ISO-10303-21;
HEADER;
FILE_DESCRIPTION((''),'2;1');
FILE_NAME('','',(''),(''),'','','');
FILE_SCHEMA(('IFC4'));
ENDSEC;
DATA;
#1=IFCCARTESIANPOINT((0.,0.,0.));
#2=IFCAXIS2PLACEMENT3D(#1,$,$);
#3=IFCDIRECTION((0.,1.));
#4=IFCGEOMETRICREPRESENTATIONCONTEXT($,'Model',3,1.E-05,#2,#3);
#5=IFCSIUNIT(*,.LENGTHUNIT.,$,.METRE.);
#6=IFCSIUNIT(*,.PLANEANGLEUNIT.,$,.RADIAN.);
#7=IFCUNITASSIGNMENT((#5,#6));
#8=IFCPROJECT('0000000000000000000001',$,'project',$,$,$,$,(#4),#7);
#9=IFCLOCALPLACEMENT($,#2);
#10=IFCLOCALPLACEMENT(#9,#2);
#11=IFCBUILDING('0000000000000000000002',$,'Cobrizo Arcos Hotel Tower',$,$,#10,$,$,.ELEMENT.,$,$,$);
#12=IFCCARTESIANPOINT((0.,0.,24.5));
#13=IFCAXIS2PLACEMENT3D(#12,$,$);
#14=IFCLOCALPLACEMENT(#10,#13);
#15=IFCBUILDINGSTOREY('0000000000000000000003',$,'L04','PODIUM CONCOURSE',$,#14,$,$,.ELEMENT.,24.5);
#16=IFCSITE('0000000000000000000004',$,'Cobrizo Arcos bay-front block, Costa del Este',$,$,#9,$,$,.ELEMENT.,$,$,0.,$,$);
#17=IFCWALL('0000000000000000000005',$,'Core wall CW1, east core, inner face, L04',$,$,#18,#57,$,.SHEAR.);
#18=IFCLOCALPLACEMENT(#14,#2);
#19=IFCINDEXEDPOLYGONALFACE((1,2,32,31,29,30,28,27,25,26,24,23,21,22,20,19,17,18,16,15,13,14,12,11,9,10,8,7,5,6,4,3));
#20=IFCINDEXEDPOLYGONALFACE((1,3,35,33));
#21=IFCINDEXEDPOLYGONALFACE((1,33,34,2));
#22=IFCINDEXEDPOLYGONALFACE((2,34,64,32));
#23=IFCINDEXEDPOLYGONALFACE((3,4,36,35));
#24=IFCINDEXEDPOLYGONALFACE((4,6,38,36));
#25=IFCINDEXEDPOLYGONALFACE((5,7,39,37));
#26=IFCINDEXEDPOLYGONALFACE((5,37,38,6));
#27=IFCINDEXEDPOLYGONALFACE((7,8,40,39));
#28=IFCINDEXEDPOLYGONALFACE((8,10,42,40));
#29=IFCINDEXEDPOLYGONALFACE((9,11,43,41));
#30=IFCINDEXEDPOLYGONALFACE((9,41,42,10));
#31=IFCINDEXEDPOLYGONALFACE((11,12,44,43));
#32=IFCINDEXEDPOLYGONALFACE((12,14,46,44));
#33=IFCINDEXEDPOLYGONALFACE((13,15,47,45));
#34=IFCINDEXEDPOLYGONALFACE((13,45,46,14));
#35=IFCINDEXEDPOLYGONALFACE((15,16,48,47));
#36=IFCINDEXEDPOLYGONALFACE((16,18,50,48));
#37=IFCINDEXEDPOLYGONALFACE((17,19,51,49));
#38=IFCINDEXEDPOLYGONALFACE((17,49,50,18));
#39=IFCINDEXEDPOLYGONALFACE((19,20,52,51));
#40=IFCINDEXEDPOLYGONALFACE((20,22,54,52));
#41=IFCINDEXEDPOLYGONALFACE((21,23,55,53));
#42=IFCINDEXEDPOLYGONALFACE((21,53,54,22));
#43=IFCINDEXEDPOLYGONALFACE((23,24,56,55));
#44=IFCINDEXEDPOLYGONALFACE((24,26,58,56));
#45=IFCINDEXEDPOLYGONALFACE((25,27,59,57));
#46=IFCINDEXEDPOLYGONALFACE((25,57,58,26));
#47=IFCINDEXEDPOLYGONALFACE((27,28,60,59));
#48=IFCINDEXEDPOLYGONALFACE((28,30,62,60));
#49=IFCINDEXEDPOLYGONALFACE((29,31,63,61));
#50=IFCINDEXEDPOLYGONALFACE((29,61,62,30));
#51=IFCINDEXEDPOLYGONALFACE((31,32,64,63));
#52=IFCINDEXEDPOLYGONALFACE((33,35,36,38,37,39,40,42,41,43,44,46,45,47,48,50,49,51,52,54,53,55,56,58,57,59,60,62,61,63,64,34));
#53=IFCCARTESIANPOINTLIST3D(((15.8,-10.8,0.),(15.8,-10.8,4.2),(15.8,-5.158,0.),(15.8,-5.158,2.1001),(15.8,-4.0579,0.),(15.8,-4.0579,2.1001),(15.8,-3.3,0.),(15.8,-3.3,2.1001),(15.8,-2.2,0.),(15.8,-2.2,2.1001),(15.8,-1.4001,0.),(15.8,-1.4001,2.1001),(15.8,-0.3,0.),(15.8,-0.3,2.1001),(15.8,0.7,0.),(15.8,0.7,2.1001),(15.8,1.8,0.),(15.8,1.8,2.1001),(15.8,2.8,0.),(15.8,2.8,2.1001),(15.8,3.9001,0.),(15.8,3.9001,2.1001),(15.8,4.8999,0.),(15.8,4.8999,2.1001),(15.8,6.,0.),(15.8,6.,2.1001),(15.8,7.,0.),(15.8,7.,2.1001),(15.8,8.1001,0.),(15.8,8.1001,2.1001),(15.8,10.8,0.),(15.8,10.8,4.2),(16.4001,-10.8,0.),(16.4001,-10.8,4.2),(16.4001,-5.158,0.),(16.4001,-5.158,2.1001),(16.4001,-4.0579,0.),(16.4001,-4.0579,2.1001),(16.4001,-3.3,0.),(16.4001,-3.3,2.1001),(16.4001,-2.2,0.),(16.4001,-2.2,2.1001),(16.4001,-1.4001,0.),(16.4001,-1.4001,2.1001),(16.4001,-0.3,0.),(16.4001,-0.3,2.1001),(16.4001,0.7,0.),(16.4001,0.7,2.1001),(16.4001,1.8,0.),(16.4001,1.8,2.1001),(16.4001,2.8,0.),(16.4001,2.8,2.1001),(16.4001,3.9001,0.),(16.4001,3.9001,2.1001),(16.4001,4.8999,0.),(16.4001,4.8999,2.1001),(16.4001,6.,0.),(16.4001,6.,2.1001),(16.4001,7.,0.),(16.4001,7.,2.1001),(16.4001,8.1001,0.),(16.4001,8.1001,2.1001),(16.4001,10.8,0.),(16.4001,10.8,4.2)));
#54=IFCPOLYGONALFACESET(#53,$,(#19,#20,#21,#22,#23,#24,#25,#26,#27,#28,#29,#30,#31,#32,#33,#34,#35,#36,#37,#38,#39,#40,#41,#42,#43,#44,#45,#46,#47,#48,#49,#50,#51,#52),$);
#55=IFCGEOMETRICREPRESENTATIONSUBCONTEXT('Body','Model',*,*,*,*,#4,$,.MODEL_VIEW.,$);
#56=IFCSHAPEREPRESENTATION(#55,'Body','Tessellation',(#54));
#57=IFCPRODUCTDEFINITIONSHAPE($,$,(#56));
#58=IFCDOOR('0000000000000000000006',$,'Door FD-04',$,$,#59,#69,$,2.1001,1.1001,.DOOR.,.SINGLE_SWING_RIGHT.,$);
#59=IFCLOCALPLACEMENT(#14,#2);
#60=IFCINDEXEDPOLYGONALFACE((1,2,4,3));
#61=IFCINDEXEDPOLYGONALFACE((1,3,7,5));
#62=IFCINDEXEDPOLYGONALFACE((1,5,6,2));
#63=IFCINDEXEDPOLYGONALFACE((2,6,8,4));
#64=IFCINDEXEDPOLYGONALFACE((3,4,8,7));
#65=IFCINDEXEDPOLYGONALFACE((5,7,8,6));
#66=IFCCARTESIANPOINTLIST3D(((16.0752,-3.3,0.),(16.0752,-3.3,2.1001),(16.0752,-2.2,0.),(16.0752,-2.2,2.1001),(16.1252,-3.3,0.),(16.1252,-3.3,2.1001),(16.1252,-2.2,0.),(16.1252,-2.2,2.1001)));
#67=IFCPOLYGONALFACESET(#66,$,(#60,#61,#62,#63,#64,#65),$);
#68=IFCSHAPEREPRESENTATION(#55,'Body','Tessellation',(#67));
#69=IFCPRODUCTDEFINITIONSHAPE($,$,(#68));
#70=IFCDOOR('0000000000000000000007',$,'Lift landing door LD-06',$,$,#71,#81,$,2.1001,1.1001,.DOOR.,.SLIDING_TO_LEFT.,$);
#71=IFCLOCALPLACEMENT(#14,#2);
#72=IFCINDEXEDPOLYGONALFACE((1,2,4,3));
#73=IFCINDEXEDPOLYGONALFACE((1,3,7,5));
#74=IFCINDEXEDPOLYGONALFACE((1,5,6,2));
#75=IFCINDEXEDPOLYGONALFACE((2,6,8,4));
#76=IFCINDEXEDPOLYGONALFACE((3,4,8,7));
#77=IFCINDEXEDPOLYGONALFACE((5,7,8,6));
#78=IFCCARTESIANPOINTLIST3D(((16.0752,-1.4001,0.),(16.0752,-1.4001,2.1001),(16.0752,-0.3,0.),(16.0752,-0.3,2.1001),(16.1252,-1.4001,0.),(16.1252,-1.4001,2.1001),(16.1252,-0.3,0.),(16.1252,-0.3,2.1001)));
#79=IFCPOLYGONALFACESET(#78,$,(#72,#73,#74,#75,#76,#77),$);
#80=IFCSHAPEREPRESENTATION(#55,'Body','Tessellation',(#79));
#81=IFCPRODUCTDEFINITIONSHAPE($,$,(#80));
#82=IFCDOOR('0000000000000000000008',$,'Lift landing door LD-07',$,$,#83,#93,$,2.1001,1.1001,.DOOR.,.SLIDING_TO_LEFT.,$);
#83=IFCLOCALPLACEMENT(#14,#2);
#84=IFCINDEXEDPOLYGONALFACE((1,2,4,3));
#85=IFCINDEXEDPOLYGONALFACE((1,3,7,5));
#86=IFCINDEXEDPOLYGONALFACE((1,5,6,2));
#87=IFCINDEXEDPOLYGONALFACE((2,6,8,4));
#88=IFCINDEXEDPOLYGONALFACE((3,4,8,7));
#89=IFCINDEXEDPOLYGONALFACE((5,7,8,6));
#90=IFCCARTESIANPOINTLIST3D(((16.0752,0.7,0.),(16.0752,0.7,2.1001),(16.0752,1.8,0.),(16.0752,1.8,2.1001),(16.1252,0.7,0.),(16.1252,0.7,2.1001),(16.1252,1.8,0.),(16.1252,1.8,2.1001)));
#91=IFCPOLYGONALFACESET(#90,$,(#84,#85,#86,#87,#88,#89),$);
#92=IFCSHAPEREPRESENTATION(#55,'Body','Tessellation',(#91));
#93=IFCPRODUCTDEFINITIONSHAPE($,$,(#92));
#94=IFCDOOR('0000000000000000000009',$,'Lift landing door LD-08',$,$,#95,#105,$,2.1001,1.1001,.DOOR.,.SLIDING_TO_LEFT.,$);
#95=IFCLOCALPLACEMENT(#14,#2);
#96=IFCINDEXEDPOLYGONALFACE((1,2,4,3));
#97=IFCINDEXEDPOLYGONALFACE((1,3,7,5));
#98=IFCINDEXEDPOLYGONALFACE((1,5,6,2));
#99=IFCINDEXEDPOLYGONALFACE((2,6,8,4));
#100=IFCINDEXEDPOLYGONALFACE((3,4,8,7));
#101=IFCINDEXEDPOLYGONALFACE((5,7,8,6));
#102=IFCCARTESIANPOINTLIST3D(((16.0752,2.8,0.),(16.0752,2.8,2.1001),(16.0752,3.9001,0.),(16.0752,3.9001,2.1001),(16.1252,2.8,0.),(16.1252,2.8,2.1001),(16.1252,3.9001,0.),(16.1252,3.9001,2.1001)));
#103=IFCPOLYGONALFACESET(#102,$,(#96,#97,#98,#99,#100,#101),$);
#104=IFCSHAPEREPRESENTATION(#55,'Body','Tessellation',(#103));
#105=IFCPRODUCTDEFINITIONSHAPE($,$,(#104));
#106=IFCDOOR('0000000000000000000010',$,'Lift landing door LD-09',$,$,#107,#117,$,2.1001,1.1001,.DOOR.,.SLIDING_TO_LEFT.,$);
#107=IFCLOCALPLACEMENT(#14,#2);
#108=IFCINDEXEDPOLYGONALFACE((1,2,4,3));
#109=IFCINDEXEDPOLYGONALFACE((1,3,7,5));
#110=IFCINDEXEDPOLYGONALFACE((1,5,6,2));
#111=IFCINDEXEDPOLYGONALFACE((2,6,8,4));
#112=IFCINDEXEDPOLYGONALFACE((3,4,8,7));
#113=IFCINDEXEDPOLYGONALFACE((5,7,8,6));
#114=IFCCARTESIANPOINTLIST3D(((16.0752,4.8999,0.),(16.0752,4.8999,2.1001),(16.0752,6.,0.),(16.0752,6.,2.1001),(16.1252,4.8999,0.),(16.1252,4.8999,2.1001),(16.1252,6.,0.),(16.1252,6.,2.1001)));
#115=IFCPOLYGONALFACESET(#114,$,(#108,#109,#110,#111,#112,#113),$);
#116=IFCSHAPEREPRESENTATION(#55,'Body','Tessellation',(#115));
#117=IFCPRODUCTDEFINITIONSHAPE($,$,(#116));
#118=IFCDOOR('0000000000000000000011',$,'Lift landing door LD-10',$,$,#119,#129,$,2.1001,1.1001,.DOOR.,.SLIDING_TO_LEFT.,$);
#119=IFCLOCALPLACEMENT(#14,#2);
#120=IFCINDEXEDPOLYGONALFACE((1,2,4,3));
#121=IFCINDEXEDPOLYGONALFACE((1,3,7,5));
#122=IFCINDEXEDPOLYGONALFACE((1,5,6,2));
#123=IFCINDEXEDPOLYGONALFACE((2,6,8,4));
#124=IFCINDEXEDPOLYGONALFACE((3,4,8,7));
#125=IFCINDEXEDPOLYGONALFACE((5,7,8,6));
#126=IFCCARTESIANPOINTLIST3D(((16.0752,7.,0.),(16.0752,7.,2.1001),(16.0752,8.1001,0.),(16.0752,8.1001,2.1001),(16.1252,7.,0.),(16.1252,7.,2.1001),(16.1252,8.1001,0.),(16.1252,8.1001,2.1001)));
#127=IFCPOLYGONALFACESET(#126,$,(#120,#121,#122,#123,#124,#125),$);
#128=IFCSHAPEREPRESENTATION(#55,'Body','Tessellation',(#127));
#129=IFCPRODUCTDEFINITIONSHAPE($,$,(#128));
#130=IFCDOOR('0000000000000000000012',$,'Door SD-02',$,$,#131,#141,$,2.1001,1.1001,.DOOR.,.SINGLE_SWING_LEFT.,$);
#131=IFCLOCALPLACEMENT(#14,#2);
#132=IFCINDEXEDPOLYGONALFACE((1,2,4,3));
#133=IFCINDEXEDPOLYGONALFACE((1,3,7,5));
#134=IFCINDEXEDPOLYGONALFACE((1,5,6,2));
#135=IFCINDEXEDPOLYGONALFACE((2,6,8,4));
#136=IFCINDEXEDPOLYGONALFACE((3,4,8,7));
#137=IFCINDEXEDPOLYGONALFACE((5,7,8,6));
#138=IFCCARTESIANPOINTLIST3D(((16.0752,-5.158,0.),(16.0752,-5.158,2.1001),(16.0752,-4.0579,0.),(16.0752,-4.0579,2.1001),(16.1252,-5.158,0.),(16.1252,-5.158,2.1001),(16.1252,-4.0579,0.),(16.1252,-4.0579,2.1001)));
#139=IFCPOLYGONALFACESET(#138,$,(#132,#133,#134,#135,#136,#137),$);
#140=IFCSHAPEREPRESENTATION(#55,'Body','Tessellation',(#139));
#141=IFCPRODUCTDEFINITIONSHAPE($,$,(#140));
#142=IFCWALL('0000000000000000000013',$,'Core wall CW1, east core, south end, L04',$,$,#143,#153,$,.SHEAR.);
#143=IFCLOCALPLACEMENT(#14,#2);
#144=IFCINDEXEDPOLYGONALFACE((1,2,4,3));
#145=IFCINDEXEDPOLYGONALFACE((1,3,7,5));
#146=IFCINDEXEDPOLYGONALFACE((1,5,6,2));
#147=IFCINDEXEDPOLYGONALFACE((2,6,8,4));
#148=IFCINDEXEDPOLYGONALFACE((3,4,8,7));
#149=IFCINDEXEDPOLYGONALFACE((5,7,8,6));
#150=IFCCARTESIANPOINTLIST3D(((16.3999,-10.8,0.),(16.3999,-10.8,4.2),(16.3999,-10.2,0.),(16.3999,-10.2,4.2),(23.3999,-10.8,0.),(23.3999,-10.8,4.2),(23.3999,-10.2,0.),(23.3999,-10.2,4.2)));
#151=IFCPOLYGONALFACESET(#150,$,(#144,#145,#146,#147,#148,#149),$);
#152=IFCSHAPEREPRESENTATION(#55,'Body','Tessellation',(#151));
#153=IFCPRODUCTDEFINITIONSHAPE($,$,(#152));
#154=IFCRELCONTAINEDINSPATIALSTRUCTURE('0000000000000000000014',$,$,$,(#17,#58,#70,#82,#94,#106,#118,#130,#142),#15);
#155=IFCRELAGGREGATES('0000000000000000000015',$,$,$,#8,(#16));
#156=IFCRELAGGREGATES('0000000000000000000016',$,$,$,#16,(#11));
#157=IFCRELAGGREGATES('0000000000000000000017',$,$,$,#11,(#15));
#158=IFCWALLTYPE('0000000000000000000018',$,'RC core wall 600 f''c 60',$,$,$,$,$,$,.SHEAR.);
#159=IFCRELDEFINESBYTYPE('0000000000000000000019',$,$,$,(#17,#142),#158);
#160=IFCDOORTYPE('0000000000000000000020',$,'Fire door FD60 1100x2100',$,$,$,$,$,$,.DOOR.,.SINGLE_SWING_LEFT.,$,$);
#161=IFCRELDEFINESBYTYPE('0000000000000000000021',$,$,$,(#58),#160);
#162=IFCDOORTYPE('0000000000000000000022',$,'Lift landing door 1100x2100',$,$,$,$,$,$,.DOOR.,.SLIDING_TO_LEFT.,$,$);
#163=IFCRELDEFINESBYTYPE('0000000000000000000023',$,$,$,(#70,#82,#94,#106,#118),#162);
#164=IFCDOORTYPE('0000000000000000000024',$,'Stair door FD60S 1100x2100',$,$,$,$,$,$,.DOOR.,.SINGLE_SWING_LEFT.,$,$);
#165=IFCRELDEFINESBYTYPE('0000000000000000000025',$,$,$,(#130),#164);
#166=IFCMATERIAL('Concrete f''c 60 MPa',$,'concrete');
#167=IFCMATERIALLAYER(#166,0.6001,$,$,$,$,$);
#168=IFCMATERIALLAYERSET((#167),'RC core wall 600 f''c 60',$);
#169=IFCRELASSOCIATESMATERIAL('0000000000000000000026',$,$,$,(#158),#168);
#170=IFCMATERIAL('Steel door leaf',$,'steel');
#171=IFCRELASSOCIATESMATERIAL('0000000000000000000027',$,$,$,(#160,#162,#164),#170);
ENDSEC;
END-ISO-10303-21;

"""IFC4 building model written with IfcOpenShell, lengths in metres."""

from ifc_helpers import new_model, si_unit, direction, frame, frame_2d, origin, place, context, subcontext, project, spatial, rectangle, extrude, material, layer, layer_set, type_object, element, fill, save


model = new_model("IFC4")

# Units and contexts
model_context = context("Model", 3, precision=1e-05, world=origin(), true_north=direction((0.0, 1.0)))
body_context = subcontext(model_context, "Body", "Model", "MODEL_VIEW")
ifc_project = project(units=[si_unit("LENGTHUNIT", "METRE"), si_unit("PLANEANGLEUNIT", "RADIAN")], contexts=[model_context])

# Site, building, storey
site_placement = place(None, origin())
site = spatial("IfcSite", under=ifc_project, at=site_placement, Name="Cobrizo Arcos bay-front block, Costa del Este", CompositionType="ELEMENT", RefElevation=0.0)
building_placement = place(site_placement, origin())
building = spatial("IfcBuilding", under=site, at=building_placement, Name="Cobrizo Arcos Hotel Tower", CompositionType="ELEMENT")
storey_placement = place(building_placement, frame((0.0, 0.0, 24.5)))
storey = spatial("IfcBuildingStorey", under=building, at=storey_placement, Name="L04", Description="PODIUM CONCOURSE", CompositionType="ELEMENT", Elevation=24.5)

# Wall, openings, doors
ifc_material_1 = material(Name="Concrete f'c 60 MPa", Category="concrete")
ifc_layer_1 = layer(ifc_material_1, 0.6001)
ifc_layer_set_1 = layer_set([ifc_layer_1], Name="RC core wall 600 f'c 60")
wall_type_1 = type_object("IfcWallType", Name="RC core wall 600 f'c 60", PredefinedType="SHEAR", material=ifc_layer_set_1)
wall_1_placement = place(storey_placement, frame((16.1001, -10.8, 0.0), z_axis=(0.0, 0.0, 1.0), x_axis=(0.0, 1.0, 0.0)))
wall_1 = element("IfcWall", 1, at=wall_1_placement, inside=storey, type_object=wall_type_1, Name="Core wall CW1, east core, inner face, L04", PredefinedType="SHEAR", context=body_context, shape_type="SweptSolid", body=[
    extrude(rectangle(XDim=21.6001, YDim=0.6001, at=frame_2d((10.8, 0.0))), origin(), (0.0, 0.0, 1.0), 4.2),
])
opening_1_placement = place(wall_1_placement, frame((9.3999, 0.0, 0.0)))
opening_1 = element("IfcOpeningElement", 2, at=opening_1_placement, cuts=wall_1, PredefinedType="OPENING", context=body_context, shape_type="SweptSolid", body=[
    extrude(rectangle(XDim=1.1001, YDim=2.1001, at=frame_2d((0.55, 1.05))), frame((0.0, 0.312, 0.0), z_axis=(0.0, -1.0, 0.0), x_axis=(1.0, 0.0, 0.0)), (0.0, 0.0, 1.0), 0.624),
])
opening_2_placement = place(wall_1_placement, frame((11.5, 0.0, 0.0)))
opening_2 = element("IfcOpeningElement", 3, at=opening_2_placement, cuts=wall_1, PredefinedType="OPENING", context=body_context, shape_type="SweptSolid", body=[
    extrude(rectangle(XDim=1.1001, YDim=2.1001, at=frame_2d((0.55, 1.05))), frame((0.0, 0.312, 0.0), z_axis=(0.0, -1.0, 0.0), x_axis=(1.0, 0.0, 0.0)), (0.0, 0.0, 1.0), 0.624),
])
opening_3_placement = place(wall_1_placement, frame((13.6001, 0.0, 0.0)))
opening_3 = element("IfcOpeningElement", 4, at=opening_3_placement, cuts=wall_1, PredefinedType="OPENING", context=body_context, shape_type="SweptSolid", body=[
    extrude(rectangle(XDim=1.1001, YDim=2.1001, at=frame_2d((0.55, 1.05))), frame((0.0, 0.312, 0.0), z_axis=(0.0, -1.0, 0.0), x_axis=(1.0, 0.0, 0.0)), (0.0, 0.0, 1.0), 0.624),
])
opening_4_placement = place(wall_1_placement, frame((15.7, 0.0, 0.0)))
opening_4 = element("IfcOpeningElement", 5, at=opening_4_placement, cuts=wall_1, PredefinedType="OPENING", context=body_context, shape_type="SweptSolid", body=[
    extrude(rectangle(XDim=1.1001, YDim=2.1001, at=frame_2d((0.55, 1.05))), frame((0.0, 0.312, 0.0), z_axis=(0.0, -1.0, 0.0), x_axis=(1.0, 0.0, 0.0)), (0.0, 0.0, 1.0), 0.624),
])
opening_5_placement = place(wall_1_placement, frame((17.8, 0.0, 0.0)))
opening_5 = element("IfcOpeningElement", 6, at=opening_5_placement, cuts=wall_1, PredefinedType="OPENING", context=body_context, shape_type="SweptSolid", body=[
    extrude(rectangle(XDim=1.1001, YDim=2.1001, at=frame_2d((0.55, 1.05))), frame((0.0, 0.312, 0.0), z_axis=(0.0, -1.0, 0.0), x_axis=(1.0, 0.0, 0.0)), (0.0, 0.0, 1.0), 0.624),
])
opening_6_placement = place(wall_1_placement, frame((5.6421, 0.0, 0.0)))
opening_6 = element("IfcOpeningElement", 7, at=opening_6_placement, cuts=wall_1, PredefinedType="OPENING", context=body_context, shape_type="SweptSolid", body=[
    extrude(rectangle(XDim=1.1001, YDim=2.1001, at=frame_2d((0.55, 1.05))), frame((0.0, 0.312, 0.0), z_axis=(0.0, -1.0, 0.0), x_axis=(1.0, 0.0, 0.0)), (0.0, 0.0, 1.0), 0.624),
])
opening_7_placement = place(wall_1_placement, frame((7.5, 0.0, 0.0)))
opening_7 = element("IfcOpeningElement", 8, at=opening_7_placement, cuts=wall_1, PredefinedType="OPENING", context=body_context, shape_type="SweptSolid", body=[
    extrude(rectangle(XDim=1.1001, YDim=2.1001, at=frame_2d((0.55, 1.05))), frame((0.0, 0.312, 0.0), z_axis=(0.0, -1.0, 0.0), x_axis=(1.0, 0.0, 0.0)), (0.0, 0.0, 1.0), 0.624),
])
ifc_material_2 = material(Name="Steel door leaf", Category="steel")
door_type_1 = type_object("IfcDoorType", Name="Fire door FD60 1100x2100", OperationType="SINGLE_SWING_LEFT", PredefinedType="DOOR", material=ifc_material_2)
door_1_placement = place(opening_7_placement, origin())
door_1 = element("IfcDoor", 9, at=door_1_placement, inside=storey, type_object=door_type_1, Name="Door FD-04", OperationType="SINGLE_SWING_RIGHT", OverallHeight=2.1001, OverallWidth=1.1001, PredefinedType="DOOR", context=body_context, shape_type="SweptSolid", body=[
    extrude(rectangle(XDim=1.1001, YDim=2.1001, at=frame_2d((0.55, 1.05))), frame((0.0, 0.0249, 0.0), z_axis=(0.0, -1.0, 0.0), x_axis=(1.0, 0.0, 0.0)), (0.0, 0.0, 1.0), 0.05),
])
fill(opening_7, door_1)
door_type_2 = type_object("IfcDoorType", Name="Lift landing door 1100x2100", OperationType="SLIDING_TO_LEFT", PredefinedType="DOOR", material=ifc_material_2)
door_2_placement = place(opening_1_placement, origin())
door_2 = element("IfcDoor", 10, at=door_2_placement, inside=storey, type_object=door_type_2, Name="Lift landing door LD-06", OperationType="SLIDING_TO_LEFT", OverallHeight=2.1001, OverallWidth=1.1001, PredefinedType="DOOR", context=body_context, shape_type="SweptSolid", body=[
    extrude(rectangle(XDim=1.1001, YDim=2.1001, at=frame_2d((0.55, 1.05))), frame((0.0, 0.0249, 0.0), z_axis=(0.0, -1.0, 0.0), x_axis=(1.0, 0.0, 0.0)), (0.0, 0.0, 1.0), 0.05),
])
fill(opening_1, door_2)
door_3_placement = place(opening_2_placement, origin())
door_3 = element("IfcDoor", 11, at=door_3_placement, inside=storey, type_object=door_type_2, Name="Lift landing door LD-07", OperationType="SLIDING_TO_LEFT", OverallHeight=2.1001, OverallWidth=1.1001, PredefinedType="DOOR", context=body_context, shape_type="SweptSolid", body=[
    extrude(rectangle(XDim=1.1001, YDim=2.1001, at=frame_2d((0.55, 1.05))), frame((0.0, 0.0249, 0.0), z_axis=(0.0, -1.0, 0.0), x_axis=(1.0, 0.0, 0.0)), (0.0, 0.0, 1.0), 0.05),
])
fill(opening_2, door_3)
door_4_placement = place(opening_3_placement, origin())
door_4 = element("IfcDoor", 12, at=door_4_placement, inside=storey, type_object=door_type_2, Name="Lift landing door LD-08", OperationType="SLIDING_TO_LEFT", OverallHeight=2.1001, OverallWidth=1.1001, PredefinedType="DOOR", context=body_context, shape_type="SweptSolid", body=[
    extrude(rectangle(XDim=1.1001, YDim=2.1001, at=frame_2d((0.55, 1.05))), frame((0.0, 0.0249, 0.0), z_axis=(0.0, -1.0, 0.0), x_axis=(1.0, 0.0, 0.0)), (0.0, 0.0, 1.0), 0.05),
])
fill(opening_3, door_4)
door_5_placement = place(opening_4_placement, origin())
door_5 = element("IfcDoor", 13, at=door_5_placement, inside=storey, type_object=door_type_2, Name="Lift landing door LD-09", OperationType="SLIDING_TO_LEFT", OverallHeight=2.1001, OverallWidth=1.1001, PredefinedType="DOOR", context=body_context, shape_type="SweptSolid", body=[
    extrude(rectangle(XDim=1.1001, YDim=2.1001, at=frame_2d((0.55, 1.05))), frame((0.0, 0.0249, 0.0), z_axis=(0.0, -1.0, 0.0), x_axis=(1.0, 0.0, 0.0)), (0.0, 0.0, 1.0), 0.05),
])
fill(opening_4, door_5)
door_6_placement = place(opening_5_placement, origin())
door_6 = element("IfcDoor", 14, at=door_6_placement, inside=storey, type_object=door_type_2, Name="Lift landing door LD-10", OperationType="SLIDING_TO_LEFT", OverallHeight=2.1001, OverallWidth=1.1001, PredefinedType="DOOR", context=body_context, shape_type="SweptSolid", body=[
    extrude(rectangle(XDim=1.1001, YDim=2.1001, at=frame_2d((0.55, 1.05))), frame((0.0, 0.0249, 0.0), z_axis=(0.0, -1.0, 0.0), x_axis=(1.0, 0.0, 0.0)), (0.0, 0.0, 1.0), 0.05),
])
fill(opening_5, door_6)
door_type_3 = type_object("IfcDoorType", Name="Stair door FD60S 1100x2100", OperationType="SINGLE_SWING_LEFT", PredefinedType="DOOR", material=ifc_material_2)
door_7_placement = place(opening_6_placement, origin())
door_7 = element("IfcDoor", 15, at=door_7_placement, inside=storey, type_object=door_type_3, Name="Door SD-02", OperationType="SINGLE_SWING_LEFT", OverallHeight=2.1001, OverallWidth=1.1001, PredefinedType="DOOR", context=body_context, shape_type="SweptSolid", body=[
    extrude(rectangle(XDim=1.1001, YDim=2.1001, at=frame_2d((0.55, 1.05))), frame((0.0, 0.0249, 0.0), z_axis=(0.0, -1.0, 0.0), x_axis=(1.0, 0.0, 0.0)), (0.0, 0.0, 1.0), 0.05),
])
fill(opening_6, door_7)

# Wall
wall_2_placement = place(storey_placement, frame((16.3999, -10.5, 0.0), z_axis=(0.0, 0.0, 1.0), x_axis=(1.0, 0.0, 0.0)))
element("IfcWall", 16, at=wall_2_placement, inside=storey, type_object=wall_type_1, Name="Core wall CW1, east core, south end, L04", PredefinedType="SHEAR", context=body_context, shape_type="SweptSolid", body=[
    extrude(rectangle(XDim=7.0, YDim=0.6001, at=frame_2d((3.5, 0.0))), origin(), (0.0, 0.0, 1.0), 4.2),
])

save(model, "model.ifc")
